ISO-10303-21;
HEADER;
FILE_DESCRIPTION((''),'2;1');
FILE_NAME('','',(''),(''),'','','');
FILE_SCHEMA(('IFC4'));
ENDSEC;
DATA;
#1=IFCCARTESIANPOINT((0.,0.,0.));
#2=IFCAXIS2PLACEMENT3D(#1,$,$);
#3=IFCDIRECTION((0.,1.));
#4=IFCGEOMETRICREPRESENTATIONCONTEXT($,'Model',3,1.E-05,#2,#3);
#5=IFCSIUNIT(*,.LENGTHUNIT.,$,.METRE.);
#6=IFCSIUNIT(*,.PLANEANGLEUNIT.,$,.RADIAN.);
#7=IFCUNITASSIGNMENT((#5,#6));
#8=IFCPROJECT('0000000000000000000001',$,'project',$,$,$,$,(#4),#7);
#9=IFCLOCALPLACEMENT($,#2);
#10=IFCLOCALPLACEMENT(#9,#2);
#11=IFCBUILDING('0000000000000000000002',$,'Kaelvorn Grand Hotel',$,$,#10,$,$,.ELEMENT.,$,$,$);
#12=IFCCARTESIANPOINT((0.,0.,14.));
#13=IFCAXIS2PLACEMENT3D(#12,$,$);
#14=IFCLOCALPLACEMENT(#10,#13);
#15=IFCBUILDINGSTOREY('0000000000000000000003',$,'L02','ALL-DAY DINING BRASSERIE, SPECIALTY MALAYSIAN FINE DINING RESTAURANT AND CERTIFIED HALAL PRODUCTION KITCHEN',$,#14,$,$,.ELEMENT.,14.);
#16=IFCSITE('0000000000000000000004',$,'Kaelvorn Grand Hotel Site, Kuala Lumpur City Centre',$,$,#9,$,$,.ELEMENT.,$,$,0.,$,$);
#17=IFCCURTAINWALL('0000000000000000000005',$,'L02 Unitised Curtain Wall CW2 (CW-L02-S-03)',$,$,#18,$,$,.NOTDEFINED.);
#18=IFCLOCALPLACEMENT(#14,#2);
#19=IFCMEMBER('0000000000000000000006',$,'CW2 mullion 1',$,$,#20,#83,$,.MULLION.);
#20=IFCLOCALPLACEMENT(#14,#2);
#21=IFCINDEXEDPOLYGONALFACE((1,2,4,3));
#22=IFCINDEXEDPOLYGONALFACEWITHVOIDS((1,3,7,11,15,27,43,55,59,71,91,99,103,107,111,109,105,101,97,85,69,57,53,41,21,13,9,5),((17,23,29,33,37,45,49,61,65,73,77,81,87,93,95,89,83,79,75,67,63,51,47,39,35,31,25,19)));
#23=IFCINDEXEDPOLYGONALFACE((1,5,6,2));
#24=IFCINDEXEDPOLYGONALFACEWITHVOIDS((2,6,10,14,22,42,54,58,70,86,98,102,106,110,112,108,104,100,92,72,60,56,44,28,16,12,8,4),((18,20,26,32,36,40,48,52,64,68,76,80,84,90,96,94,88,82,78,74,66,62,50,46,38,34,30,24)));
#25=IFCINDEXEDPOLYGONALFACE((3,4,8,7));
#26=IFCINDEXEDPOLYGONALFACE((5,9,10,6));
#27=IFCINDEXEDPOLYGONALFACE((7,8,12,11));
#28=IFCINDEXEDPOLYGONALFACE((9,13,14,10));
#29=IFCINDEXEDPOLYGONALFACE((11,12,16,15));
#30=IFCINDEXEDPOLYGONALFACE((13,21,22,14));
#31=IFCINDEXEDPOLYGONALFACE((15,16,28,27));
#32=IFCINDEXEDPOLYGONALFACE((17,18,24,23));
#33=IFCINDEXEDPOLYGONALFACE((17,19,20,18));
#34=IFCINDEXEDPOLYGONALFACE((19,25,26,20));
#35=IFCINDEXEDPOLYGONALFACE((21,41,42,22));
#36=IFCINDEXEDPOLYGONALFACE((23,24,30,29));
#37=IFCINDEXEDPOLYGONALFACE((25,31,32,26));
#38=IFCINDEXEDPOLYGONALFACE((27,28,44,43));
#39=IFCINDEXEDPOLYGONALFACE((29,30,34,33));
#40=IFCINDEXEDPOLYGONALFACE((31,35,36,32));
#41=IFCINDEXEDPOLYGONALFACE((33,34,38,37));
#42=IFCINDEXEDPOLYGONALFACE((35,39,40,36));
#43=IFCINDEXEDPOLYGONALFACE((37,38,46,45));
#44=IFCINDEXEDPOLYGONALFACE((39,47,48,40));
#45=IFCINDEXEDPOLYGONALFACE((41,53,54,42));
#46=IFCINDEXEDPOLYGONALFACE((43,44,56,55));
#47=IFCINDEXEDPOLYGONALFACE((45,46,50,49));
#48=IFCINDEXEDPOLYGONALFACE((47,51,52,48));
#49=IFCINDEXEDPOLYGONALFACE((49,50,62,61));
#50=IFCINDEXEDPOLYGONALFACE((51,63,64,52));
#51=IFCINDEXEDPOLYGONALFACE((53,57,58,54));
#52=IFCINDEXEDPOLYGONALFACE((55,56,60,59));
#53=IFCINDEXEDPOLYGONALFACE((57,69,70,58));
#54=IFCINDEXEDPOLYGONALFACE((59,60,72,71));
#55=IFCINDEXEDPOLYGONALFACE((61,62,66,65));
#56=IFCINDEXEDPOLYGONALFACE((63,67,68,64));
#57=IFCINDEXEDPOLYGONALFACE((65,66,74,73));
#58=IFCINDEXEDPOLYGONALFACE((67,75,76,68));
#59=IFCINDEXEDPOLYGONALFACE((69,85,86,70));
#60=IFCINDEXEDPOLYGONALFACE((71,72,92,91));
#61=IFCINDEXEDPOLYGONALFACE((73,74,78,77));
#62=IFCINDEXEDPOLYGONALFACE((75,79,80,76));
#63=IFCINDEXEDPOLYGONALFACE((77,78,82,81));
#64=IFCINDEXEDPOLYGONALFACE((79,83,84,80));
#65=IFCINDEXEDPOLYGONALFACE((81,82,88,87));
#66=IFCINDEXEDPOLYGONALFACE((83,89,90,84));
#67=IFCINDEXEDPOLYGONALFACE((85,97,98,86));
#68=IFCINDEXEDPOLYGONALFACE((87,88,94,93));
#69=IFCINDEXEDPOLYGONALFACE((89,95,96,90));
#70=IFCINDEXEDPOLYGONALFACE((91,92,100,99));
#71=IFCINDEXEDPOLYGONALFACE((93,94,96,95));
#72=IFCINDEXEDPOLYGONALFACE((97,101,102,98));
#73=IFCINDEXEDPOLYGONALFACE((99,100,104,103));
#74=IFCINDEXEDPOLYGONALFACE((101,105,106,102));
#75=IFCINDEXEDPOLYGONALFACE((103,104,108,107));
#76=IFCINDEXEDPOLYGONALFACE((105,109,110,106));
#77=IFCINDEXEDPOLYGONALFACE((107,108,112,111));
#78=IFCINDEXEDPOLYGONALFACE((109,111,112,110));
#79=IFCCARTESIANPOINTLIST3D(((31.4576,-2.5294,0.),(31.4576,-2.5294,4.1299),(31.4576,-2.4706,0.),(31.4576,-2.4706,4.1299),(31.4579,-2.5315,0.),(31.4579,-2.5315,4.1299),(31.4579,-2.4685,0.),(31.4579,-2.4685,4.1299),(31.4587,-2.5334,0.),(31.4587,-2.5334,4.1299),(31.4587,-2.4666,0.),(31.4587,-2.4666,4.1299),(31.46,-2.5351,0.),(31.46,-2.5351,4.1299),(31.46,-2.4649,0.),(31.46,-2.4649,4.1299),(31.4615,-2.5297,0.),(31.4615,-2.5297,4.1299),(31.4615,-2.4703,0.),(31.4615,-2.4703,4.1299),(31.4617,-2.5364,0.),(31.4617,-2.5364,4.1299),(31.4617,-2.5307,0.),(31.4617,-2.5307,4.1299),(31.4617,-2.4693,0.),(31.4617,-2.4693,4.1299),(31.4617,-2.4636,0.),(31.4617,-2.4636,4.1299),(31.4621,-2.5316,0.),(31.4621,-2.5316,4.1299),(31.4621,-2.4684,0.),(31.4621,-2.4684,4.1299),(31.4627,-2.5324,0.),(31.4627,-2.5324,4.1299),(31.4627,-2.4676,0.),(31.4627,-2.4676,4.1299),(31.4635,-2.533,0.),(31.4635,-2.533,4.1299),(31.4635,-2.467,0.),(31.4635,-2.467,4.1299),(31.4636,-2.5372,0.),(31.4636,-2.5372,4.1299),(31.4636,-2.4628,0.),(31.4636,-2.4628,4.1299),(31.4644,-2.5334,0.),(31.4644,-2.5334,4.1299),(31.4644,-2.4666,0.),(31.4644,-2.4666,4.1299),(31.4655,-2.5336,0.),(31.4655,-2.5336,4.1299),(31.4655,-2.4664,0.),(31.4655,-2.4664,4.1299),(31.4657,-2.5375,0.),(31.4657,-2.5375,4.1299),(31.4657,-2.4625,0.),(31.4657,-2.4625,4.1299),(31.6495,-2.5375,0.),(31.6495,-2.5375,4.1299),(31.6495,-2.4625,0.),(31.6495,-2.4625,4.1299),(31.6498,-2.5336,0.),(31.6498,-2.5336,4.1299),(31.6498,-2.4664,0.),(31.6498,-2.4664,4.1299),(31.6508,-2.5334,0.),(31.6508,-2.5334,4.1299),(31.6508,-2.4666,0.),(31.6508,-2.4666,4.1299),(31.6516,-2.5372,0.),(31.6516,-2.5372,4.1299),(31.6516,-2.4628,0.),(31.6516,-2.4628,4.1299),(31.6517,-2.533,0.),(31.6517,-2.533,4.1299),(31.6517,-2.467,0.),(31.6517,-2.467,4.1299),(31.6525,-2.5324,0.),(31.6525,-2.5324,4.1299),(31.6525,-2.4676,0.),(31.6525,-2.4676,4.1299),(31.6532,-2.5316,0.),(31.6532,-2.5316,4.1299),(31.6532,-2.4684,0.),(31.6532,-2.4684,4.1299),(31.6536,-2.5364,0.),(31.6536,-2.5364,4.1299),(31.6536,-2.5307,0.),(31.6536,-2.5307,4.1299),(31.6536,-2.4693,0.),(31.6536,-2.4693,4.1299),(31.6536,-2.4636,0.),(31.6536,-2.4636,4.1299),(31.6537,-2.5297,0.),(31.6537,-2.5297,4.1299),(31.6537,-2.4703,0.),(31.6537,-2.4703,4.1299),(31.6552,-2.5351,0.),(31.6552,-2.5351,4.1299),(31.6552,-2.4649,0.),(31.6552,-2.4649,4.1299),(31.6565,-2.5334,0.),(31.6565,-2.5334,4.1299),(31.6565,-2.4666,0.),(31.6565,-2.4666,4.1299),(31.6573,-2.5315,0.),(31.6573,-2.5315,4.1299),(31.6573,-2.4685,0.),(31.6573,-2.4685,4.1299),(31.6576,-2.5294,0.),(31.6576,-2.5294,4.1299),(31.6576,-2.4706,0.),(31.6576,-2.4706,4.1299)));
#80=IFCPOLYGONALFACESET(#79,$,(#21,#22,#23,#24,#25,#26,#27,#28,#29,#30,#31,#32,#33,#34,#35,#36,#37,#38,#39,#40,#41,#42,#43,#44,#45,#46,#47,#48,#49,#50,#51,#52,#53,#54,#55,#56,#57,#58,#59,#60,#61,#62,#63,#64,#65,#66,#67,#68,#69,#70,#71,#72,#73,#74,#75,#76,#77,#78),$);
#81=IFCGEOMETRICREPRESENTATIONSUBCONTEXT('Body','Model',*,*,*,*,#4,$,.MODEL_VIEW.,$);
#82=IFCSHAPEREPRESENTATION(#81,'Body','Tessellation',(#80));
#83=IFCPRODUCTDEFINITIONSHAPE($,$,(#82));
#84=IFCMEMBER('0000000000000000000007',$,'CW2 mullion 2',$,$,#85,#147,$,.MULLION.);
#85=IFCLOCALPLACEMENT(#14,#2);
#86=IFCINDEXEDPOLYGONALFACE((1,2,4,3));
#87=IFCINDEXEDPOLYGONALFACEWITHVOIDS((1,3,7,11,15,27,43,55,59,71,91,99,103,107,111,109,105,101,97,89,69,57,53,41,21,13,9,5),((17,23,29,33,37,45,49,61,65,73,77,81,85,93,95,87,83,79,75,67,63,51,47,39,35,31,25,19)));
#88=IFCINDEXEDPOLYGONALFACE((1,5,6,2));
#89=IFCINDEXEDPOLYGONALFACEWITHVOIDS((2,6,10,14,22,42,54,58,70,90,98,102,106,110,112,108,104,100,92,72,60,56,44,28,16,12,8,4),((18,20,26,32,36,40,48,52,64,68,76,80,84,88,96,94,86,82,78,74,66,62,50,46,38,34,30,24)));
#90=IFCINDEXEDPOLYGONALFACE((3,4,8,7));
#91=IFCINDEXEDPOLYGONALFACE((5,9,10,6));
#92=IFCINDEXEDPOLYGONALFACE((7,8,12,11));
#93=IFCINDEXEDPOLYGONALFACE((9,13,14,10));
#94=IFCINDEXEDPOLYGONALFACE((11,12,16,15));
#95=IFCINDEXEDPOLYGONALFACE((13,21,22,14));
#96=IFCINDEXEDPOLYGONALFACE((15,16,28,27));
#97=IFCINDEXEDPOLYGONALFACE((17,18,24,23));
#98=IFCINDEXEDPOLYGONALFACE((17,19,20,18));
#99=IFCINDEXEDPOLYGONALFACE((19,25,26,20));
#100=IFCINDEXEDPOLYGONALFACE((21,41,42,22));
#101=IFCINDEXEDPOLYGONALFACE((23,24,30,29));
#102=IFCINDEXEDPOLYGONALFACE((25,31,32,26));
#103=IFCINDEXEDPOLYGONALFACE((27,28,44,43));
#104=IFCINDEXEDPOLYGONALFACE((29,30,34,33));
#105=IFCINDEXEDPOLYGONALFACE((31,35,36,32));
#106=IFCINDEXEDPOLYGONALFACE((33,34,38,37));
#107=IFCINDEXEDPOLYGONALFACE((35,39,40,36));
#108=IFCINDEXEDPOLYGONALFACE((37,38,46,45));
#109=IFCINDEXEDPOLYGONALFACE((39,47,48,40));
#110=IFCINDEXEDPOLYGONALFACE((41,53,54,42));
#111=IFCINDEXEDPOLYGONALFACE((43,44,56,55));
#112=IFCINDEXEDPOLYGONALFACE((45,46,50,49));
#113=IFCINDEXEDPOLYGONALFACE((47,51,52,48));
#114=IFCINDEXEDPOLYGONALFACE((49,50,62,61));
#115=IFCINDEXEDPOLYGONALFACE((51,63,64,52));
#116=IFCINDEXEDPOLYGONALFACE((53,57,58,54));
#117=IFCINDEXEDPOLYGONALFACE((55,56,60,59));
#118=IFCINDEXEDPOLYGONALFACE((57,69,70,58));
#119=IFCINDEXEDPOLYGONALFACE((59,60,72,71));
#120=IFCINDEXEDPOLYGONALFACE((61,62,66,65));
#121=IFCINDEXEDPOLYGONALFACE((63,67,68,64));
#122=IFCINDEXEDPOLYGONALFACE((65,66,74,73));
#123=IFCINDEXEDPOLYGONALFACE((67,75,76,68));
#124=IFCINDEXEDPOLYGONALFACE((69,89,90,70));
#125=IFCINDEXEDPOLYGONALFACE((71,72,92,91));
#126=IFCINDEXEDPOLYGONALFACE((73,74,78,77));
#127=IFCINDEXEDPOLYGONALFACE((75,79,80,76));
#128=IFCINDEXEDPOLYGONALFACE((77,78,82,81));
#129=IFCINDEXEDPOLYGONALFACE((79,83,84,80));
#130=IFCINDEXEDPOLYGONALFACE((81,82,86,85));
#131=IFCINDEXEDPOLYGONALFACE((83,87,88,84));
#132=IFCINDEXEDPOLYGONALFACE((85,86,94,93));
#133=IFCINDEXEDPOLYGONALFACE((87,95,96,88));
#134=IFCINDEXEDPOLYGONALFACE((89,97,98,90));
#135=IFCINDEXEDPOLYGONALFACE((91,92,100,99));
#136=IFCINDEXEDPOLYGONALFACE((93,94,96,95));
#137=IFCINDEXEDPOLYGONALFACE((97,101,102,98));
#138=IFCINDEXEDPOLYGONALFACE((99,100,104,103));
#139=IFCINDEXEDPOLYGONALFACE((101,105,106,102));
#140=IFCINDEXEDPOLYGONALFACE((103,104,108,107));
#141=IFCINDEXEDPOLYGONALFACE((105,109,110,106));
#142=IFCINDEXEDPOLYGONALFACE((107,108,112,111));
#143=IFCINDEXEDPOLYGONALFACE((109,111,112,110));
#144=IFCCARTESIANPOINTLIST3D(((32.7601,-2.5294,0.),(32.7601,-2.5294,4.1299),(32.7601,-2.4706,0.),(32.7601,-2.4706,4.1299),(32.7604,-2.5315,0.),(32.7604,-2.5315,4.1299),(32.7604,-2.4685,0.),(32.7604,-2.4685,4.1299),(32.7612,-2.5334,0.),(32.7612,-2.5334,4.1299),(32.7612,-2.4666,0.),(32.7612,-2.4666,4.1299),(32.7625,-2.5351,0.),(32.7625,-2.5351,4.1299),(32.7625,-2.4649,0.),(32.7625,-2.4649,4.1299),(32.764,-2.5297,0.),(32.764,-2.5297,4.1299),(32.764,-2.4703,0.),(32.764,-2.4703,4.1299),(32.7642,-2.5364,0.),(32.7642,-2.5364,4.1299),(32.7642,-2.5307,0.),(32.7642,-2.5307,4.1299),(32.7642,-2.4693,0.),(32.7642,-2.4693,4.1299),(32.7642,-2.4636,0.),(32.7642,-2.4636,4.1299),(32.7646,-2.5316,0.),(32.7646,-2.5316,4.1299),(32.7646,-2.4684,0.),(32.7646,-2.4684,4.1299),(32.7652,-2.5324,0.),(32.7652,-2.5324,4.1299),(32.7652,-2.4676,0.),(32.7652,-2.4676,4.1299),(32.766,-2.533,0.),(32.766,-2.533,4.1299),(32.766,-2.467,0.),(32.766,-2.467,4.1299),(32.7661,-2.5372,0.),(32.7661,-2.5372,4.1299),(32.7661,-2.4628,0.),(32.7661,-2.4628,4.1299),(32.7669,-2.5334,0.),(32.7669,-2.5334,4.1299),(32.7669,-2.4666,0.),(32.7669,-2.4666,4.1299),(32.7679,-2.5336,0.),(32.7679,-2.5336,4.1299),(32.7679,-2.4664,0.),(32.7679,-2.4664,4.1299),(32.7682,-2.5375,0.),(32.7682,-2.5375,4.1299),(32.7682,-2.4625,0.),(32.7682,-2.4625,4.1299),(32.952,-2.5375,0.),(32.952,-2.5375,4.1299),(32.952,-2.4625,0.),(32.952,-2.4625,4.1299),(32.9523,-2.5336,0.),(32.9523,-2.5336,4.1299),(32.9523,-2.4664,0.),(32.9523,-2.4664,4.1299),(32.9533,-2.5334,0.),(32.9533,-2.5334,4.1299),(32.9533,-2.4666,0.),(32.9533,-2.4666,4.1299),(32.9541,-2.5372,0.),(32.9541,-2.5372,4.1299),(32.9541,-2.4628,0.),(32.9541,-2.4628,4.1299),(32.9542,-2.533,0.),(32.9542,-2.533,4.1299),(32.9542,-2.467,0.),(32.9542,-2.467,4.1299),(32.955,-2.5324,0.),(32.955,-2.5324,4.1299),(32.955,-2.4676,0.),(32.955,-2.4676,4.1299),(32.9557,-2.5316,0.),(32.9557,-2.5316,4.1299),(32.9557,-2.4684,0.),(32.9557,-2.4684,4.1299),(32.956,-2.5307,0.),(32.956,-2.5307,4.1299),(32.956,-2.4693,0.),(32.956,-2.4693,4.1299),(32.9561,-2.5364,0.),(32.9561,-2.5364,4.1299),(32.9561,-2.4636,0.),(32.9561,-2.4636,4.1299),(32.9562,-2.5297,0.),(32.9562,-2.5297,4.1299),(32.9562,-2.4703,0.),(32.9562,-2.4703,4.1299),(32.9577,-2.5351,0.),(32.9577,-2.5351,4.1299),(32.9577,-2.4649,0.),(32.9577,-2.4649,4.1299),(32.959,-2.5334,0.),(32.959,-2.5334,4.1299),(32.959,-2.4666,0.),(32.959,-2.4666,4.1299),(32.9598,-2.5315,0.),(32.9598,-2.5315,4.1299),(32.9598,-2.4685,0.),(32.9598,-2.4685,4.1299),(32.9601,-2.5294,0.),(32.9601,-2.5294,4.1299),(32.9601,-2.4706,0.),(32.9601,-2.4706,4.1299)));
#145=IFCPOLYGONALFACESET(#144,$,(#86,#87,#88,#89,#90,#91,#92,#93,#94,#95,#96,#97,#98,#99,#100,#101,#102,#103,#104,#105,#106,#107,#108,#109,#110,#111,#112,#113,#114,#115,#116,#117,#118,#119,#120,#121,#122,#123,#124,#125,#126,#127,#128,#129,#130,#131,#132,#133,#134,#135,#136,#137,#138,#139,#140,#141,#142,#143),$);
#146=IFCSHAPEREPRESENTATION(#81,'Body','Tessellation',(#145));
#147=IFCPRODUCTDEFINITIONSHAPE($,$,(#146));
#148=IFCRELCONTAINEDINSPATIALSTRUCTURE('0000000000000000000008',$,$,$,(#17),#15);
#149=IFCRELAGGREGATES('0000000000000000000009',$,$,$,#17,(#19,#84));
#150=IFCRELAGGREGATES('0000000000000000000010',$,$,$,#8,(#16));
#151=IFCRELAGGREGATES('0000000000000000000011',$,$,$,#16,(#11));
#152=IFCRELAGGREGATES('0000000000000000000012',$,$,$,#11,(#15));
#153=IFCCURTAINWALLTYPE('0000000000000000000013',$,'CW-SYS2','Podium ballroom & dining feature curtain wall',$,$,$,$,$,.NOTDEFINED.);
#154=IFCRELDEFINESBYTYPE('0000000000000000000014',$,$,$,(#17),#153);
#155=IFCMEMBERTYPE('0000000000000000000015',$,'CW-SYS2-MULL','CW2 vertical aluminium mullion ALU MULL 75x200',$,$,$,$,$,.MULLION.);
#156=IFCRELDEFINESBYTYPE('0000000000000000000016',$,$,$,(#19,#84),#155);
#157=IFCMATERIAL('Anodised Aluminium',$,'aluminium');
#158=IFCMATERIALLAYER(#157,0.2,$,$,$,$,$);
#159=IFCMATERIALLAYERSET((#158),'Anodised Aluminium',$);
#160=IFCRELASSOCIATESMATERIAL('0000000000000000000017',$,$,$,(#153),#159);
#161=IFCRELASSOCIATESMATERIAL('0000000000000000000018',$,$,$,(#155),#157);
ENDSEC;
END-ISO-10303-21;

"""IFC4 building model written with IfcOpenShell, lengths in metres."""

from ifc_helpers import new_model, si_unit, direction, frame, origin, origin_2d, place, context, subcontext, project, spatial, hollow_rectangle, extrude, material, layer, layer_set, material_profile, profile_set, type_object, element, aggregate, save


model = new_model("IFC4")

# Units and contexts
model_context = context("Model", 3, precision=1e-05, world=origin(), true_north=direction((0.0, 1.0)))
body_context = subcontext(model_context, "Body", "Model", "MODEL_VIEW")
ifc_project = project(units=[si_unit("LENGTHUNIT", "METRE"), si_unit("PLANEANGLEUNIT", "RADIAN")], contexts=[model_context])

# Site, building, storey
site_placement = place(None, origin())
site = spatial("IfcSite", under=ifc_project, at=site_placement, Name="Kaelvorn Grand Hotel Site, Kuala Lumpur City Centre", CompositionType="ELEMENT", RefElevation=0.0)
building_placement = place(site_placement, origin())
building = spatial("IfcBuilding", under=site, at=building_placement, Name="Kaelvorn Grand Hotel", CompositionType="ELEMENT")
storey_placement = place(building_placement, frame((0.0, 0.0, 14.0)))
storey = spatial("IfcBuildingStorey", under=building, at=storey_placement, Name="L02", Description="ALL-DAY DINING BRASSERIE, SPECIALTY MALAYSIAN FINE DINING RESTAURANT AND CERTIFIED HALAL PRODUCTION KITCHEN", CompositionType="ELEMENT", Elevation=14.0)

# Shared definitions
ifc_material_1 = material(Name="Anodised Aluminium", Category="aluminium")
ifc_layer_1 = layer(ifc_material_1, 0.2)
ifc_layer_set_1 = layer_set([ifc_layer_1], Name="Anodised Aluminium")
curtain_wall_type = type_object("IfcCurtainWallType", Name="CW-SYS2", Description="Podium ballroom & dining feature curtain wall", PredefinedType="NOTDEFINED", material=ifc_layer_set_1)
ifc_material_profile_1 = material_profile(ifc_material_1, hollow_rectangle(XDim=0.075, YDim=0.2, WallThickness=0.0039, InnerFilletRadius=0.0039, OuterFilletRadius=0.0081, at=origin_2d()), Name="ALU MULL 75x200")
ifc_profile_set_1 = profile_set([ifc_material_profile_1], Name="Anodised Aluminium")
member_type_1 = type_object("IfcMemberType", Name="CW-SYS2-MULL", Description="CW2 vertical aluminium mullion ALU MULL 75x200", PredefinedType="MULLION", material=ifc_profile_set_1)

# Curtain wall, members
curtain_wall_1_placement = place(storey_placement, origin())
curtain_wall_1 = element("IfcCurtainWall", 1, at=curtain_wall_1_placement, inside=storey, type_object=curtain_wall_type, Name="L02 Unitised Curtain Wall CW2 (CW-L02-S-03)", PredefinedType="NOTDEFINED")
member_1_placement = place(storey_placement, frame((31.5576, -2.5, 0.0), z_axis=(0.0, 0.0, 1.0), x_axis=(0.0, 1.0, 0.0)))
member_1 = element("IfcMember", 2, at=member_1_placement, type_object=member_type_1, Name="CW2 mullion 1", PredefinedType="MULLION", context=body_context, shape_type="SweptSolid", body=[
    extrude(hollow_rectangle(XDim=0.075, YDim=0.2, WallThickness=0.0039, InnerFilletRadius=0.0039, OuterFilletRadius=0.0081, at=origin_2d()), origin(), (0.0, 0.0, 1.0), 4.1299),
])
member_2_placement = place(storey_placement, frame((32.8601, -2.5, 0.0), z_axis=(0.0, 0.0, 1.0), x_axis=(0.0, 1.0, 0.0)))
member_2 = element("IfcMember", 3, at=member_2_placement, type_object=member_type_1, Name="CW2 mullion 2", PredefinedType="MULLION", context=body_context, shape_type="SweptSolid", body=[
    extrude(hollow_rectangle(XDim=0.075, YDim=0.2, WallThickness=0.0039, InnerFilletRadius=0.0039, OuterFilletRadius=0.0081, at=origin_2d()), origin(), (0.0, 0.0, 1.0), 4.1299),
])

aggregate(curtain_wall_1, [member_1, member_2])

save(model, "model.ifc")
